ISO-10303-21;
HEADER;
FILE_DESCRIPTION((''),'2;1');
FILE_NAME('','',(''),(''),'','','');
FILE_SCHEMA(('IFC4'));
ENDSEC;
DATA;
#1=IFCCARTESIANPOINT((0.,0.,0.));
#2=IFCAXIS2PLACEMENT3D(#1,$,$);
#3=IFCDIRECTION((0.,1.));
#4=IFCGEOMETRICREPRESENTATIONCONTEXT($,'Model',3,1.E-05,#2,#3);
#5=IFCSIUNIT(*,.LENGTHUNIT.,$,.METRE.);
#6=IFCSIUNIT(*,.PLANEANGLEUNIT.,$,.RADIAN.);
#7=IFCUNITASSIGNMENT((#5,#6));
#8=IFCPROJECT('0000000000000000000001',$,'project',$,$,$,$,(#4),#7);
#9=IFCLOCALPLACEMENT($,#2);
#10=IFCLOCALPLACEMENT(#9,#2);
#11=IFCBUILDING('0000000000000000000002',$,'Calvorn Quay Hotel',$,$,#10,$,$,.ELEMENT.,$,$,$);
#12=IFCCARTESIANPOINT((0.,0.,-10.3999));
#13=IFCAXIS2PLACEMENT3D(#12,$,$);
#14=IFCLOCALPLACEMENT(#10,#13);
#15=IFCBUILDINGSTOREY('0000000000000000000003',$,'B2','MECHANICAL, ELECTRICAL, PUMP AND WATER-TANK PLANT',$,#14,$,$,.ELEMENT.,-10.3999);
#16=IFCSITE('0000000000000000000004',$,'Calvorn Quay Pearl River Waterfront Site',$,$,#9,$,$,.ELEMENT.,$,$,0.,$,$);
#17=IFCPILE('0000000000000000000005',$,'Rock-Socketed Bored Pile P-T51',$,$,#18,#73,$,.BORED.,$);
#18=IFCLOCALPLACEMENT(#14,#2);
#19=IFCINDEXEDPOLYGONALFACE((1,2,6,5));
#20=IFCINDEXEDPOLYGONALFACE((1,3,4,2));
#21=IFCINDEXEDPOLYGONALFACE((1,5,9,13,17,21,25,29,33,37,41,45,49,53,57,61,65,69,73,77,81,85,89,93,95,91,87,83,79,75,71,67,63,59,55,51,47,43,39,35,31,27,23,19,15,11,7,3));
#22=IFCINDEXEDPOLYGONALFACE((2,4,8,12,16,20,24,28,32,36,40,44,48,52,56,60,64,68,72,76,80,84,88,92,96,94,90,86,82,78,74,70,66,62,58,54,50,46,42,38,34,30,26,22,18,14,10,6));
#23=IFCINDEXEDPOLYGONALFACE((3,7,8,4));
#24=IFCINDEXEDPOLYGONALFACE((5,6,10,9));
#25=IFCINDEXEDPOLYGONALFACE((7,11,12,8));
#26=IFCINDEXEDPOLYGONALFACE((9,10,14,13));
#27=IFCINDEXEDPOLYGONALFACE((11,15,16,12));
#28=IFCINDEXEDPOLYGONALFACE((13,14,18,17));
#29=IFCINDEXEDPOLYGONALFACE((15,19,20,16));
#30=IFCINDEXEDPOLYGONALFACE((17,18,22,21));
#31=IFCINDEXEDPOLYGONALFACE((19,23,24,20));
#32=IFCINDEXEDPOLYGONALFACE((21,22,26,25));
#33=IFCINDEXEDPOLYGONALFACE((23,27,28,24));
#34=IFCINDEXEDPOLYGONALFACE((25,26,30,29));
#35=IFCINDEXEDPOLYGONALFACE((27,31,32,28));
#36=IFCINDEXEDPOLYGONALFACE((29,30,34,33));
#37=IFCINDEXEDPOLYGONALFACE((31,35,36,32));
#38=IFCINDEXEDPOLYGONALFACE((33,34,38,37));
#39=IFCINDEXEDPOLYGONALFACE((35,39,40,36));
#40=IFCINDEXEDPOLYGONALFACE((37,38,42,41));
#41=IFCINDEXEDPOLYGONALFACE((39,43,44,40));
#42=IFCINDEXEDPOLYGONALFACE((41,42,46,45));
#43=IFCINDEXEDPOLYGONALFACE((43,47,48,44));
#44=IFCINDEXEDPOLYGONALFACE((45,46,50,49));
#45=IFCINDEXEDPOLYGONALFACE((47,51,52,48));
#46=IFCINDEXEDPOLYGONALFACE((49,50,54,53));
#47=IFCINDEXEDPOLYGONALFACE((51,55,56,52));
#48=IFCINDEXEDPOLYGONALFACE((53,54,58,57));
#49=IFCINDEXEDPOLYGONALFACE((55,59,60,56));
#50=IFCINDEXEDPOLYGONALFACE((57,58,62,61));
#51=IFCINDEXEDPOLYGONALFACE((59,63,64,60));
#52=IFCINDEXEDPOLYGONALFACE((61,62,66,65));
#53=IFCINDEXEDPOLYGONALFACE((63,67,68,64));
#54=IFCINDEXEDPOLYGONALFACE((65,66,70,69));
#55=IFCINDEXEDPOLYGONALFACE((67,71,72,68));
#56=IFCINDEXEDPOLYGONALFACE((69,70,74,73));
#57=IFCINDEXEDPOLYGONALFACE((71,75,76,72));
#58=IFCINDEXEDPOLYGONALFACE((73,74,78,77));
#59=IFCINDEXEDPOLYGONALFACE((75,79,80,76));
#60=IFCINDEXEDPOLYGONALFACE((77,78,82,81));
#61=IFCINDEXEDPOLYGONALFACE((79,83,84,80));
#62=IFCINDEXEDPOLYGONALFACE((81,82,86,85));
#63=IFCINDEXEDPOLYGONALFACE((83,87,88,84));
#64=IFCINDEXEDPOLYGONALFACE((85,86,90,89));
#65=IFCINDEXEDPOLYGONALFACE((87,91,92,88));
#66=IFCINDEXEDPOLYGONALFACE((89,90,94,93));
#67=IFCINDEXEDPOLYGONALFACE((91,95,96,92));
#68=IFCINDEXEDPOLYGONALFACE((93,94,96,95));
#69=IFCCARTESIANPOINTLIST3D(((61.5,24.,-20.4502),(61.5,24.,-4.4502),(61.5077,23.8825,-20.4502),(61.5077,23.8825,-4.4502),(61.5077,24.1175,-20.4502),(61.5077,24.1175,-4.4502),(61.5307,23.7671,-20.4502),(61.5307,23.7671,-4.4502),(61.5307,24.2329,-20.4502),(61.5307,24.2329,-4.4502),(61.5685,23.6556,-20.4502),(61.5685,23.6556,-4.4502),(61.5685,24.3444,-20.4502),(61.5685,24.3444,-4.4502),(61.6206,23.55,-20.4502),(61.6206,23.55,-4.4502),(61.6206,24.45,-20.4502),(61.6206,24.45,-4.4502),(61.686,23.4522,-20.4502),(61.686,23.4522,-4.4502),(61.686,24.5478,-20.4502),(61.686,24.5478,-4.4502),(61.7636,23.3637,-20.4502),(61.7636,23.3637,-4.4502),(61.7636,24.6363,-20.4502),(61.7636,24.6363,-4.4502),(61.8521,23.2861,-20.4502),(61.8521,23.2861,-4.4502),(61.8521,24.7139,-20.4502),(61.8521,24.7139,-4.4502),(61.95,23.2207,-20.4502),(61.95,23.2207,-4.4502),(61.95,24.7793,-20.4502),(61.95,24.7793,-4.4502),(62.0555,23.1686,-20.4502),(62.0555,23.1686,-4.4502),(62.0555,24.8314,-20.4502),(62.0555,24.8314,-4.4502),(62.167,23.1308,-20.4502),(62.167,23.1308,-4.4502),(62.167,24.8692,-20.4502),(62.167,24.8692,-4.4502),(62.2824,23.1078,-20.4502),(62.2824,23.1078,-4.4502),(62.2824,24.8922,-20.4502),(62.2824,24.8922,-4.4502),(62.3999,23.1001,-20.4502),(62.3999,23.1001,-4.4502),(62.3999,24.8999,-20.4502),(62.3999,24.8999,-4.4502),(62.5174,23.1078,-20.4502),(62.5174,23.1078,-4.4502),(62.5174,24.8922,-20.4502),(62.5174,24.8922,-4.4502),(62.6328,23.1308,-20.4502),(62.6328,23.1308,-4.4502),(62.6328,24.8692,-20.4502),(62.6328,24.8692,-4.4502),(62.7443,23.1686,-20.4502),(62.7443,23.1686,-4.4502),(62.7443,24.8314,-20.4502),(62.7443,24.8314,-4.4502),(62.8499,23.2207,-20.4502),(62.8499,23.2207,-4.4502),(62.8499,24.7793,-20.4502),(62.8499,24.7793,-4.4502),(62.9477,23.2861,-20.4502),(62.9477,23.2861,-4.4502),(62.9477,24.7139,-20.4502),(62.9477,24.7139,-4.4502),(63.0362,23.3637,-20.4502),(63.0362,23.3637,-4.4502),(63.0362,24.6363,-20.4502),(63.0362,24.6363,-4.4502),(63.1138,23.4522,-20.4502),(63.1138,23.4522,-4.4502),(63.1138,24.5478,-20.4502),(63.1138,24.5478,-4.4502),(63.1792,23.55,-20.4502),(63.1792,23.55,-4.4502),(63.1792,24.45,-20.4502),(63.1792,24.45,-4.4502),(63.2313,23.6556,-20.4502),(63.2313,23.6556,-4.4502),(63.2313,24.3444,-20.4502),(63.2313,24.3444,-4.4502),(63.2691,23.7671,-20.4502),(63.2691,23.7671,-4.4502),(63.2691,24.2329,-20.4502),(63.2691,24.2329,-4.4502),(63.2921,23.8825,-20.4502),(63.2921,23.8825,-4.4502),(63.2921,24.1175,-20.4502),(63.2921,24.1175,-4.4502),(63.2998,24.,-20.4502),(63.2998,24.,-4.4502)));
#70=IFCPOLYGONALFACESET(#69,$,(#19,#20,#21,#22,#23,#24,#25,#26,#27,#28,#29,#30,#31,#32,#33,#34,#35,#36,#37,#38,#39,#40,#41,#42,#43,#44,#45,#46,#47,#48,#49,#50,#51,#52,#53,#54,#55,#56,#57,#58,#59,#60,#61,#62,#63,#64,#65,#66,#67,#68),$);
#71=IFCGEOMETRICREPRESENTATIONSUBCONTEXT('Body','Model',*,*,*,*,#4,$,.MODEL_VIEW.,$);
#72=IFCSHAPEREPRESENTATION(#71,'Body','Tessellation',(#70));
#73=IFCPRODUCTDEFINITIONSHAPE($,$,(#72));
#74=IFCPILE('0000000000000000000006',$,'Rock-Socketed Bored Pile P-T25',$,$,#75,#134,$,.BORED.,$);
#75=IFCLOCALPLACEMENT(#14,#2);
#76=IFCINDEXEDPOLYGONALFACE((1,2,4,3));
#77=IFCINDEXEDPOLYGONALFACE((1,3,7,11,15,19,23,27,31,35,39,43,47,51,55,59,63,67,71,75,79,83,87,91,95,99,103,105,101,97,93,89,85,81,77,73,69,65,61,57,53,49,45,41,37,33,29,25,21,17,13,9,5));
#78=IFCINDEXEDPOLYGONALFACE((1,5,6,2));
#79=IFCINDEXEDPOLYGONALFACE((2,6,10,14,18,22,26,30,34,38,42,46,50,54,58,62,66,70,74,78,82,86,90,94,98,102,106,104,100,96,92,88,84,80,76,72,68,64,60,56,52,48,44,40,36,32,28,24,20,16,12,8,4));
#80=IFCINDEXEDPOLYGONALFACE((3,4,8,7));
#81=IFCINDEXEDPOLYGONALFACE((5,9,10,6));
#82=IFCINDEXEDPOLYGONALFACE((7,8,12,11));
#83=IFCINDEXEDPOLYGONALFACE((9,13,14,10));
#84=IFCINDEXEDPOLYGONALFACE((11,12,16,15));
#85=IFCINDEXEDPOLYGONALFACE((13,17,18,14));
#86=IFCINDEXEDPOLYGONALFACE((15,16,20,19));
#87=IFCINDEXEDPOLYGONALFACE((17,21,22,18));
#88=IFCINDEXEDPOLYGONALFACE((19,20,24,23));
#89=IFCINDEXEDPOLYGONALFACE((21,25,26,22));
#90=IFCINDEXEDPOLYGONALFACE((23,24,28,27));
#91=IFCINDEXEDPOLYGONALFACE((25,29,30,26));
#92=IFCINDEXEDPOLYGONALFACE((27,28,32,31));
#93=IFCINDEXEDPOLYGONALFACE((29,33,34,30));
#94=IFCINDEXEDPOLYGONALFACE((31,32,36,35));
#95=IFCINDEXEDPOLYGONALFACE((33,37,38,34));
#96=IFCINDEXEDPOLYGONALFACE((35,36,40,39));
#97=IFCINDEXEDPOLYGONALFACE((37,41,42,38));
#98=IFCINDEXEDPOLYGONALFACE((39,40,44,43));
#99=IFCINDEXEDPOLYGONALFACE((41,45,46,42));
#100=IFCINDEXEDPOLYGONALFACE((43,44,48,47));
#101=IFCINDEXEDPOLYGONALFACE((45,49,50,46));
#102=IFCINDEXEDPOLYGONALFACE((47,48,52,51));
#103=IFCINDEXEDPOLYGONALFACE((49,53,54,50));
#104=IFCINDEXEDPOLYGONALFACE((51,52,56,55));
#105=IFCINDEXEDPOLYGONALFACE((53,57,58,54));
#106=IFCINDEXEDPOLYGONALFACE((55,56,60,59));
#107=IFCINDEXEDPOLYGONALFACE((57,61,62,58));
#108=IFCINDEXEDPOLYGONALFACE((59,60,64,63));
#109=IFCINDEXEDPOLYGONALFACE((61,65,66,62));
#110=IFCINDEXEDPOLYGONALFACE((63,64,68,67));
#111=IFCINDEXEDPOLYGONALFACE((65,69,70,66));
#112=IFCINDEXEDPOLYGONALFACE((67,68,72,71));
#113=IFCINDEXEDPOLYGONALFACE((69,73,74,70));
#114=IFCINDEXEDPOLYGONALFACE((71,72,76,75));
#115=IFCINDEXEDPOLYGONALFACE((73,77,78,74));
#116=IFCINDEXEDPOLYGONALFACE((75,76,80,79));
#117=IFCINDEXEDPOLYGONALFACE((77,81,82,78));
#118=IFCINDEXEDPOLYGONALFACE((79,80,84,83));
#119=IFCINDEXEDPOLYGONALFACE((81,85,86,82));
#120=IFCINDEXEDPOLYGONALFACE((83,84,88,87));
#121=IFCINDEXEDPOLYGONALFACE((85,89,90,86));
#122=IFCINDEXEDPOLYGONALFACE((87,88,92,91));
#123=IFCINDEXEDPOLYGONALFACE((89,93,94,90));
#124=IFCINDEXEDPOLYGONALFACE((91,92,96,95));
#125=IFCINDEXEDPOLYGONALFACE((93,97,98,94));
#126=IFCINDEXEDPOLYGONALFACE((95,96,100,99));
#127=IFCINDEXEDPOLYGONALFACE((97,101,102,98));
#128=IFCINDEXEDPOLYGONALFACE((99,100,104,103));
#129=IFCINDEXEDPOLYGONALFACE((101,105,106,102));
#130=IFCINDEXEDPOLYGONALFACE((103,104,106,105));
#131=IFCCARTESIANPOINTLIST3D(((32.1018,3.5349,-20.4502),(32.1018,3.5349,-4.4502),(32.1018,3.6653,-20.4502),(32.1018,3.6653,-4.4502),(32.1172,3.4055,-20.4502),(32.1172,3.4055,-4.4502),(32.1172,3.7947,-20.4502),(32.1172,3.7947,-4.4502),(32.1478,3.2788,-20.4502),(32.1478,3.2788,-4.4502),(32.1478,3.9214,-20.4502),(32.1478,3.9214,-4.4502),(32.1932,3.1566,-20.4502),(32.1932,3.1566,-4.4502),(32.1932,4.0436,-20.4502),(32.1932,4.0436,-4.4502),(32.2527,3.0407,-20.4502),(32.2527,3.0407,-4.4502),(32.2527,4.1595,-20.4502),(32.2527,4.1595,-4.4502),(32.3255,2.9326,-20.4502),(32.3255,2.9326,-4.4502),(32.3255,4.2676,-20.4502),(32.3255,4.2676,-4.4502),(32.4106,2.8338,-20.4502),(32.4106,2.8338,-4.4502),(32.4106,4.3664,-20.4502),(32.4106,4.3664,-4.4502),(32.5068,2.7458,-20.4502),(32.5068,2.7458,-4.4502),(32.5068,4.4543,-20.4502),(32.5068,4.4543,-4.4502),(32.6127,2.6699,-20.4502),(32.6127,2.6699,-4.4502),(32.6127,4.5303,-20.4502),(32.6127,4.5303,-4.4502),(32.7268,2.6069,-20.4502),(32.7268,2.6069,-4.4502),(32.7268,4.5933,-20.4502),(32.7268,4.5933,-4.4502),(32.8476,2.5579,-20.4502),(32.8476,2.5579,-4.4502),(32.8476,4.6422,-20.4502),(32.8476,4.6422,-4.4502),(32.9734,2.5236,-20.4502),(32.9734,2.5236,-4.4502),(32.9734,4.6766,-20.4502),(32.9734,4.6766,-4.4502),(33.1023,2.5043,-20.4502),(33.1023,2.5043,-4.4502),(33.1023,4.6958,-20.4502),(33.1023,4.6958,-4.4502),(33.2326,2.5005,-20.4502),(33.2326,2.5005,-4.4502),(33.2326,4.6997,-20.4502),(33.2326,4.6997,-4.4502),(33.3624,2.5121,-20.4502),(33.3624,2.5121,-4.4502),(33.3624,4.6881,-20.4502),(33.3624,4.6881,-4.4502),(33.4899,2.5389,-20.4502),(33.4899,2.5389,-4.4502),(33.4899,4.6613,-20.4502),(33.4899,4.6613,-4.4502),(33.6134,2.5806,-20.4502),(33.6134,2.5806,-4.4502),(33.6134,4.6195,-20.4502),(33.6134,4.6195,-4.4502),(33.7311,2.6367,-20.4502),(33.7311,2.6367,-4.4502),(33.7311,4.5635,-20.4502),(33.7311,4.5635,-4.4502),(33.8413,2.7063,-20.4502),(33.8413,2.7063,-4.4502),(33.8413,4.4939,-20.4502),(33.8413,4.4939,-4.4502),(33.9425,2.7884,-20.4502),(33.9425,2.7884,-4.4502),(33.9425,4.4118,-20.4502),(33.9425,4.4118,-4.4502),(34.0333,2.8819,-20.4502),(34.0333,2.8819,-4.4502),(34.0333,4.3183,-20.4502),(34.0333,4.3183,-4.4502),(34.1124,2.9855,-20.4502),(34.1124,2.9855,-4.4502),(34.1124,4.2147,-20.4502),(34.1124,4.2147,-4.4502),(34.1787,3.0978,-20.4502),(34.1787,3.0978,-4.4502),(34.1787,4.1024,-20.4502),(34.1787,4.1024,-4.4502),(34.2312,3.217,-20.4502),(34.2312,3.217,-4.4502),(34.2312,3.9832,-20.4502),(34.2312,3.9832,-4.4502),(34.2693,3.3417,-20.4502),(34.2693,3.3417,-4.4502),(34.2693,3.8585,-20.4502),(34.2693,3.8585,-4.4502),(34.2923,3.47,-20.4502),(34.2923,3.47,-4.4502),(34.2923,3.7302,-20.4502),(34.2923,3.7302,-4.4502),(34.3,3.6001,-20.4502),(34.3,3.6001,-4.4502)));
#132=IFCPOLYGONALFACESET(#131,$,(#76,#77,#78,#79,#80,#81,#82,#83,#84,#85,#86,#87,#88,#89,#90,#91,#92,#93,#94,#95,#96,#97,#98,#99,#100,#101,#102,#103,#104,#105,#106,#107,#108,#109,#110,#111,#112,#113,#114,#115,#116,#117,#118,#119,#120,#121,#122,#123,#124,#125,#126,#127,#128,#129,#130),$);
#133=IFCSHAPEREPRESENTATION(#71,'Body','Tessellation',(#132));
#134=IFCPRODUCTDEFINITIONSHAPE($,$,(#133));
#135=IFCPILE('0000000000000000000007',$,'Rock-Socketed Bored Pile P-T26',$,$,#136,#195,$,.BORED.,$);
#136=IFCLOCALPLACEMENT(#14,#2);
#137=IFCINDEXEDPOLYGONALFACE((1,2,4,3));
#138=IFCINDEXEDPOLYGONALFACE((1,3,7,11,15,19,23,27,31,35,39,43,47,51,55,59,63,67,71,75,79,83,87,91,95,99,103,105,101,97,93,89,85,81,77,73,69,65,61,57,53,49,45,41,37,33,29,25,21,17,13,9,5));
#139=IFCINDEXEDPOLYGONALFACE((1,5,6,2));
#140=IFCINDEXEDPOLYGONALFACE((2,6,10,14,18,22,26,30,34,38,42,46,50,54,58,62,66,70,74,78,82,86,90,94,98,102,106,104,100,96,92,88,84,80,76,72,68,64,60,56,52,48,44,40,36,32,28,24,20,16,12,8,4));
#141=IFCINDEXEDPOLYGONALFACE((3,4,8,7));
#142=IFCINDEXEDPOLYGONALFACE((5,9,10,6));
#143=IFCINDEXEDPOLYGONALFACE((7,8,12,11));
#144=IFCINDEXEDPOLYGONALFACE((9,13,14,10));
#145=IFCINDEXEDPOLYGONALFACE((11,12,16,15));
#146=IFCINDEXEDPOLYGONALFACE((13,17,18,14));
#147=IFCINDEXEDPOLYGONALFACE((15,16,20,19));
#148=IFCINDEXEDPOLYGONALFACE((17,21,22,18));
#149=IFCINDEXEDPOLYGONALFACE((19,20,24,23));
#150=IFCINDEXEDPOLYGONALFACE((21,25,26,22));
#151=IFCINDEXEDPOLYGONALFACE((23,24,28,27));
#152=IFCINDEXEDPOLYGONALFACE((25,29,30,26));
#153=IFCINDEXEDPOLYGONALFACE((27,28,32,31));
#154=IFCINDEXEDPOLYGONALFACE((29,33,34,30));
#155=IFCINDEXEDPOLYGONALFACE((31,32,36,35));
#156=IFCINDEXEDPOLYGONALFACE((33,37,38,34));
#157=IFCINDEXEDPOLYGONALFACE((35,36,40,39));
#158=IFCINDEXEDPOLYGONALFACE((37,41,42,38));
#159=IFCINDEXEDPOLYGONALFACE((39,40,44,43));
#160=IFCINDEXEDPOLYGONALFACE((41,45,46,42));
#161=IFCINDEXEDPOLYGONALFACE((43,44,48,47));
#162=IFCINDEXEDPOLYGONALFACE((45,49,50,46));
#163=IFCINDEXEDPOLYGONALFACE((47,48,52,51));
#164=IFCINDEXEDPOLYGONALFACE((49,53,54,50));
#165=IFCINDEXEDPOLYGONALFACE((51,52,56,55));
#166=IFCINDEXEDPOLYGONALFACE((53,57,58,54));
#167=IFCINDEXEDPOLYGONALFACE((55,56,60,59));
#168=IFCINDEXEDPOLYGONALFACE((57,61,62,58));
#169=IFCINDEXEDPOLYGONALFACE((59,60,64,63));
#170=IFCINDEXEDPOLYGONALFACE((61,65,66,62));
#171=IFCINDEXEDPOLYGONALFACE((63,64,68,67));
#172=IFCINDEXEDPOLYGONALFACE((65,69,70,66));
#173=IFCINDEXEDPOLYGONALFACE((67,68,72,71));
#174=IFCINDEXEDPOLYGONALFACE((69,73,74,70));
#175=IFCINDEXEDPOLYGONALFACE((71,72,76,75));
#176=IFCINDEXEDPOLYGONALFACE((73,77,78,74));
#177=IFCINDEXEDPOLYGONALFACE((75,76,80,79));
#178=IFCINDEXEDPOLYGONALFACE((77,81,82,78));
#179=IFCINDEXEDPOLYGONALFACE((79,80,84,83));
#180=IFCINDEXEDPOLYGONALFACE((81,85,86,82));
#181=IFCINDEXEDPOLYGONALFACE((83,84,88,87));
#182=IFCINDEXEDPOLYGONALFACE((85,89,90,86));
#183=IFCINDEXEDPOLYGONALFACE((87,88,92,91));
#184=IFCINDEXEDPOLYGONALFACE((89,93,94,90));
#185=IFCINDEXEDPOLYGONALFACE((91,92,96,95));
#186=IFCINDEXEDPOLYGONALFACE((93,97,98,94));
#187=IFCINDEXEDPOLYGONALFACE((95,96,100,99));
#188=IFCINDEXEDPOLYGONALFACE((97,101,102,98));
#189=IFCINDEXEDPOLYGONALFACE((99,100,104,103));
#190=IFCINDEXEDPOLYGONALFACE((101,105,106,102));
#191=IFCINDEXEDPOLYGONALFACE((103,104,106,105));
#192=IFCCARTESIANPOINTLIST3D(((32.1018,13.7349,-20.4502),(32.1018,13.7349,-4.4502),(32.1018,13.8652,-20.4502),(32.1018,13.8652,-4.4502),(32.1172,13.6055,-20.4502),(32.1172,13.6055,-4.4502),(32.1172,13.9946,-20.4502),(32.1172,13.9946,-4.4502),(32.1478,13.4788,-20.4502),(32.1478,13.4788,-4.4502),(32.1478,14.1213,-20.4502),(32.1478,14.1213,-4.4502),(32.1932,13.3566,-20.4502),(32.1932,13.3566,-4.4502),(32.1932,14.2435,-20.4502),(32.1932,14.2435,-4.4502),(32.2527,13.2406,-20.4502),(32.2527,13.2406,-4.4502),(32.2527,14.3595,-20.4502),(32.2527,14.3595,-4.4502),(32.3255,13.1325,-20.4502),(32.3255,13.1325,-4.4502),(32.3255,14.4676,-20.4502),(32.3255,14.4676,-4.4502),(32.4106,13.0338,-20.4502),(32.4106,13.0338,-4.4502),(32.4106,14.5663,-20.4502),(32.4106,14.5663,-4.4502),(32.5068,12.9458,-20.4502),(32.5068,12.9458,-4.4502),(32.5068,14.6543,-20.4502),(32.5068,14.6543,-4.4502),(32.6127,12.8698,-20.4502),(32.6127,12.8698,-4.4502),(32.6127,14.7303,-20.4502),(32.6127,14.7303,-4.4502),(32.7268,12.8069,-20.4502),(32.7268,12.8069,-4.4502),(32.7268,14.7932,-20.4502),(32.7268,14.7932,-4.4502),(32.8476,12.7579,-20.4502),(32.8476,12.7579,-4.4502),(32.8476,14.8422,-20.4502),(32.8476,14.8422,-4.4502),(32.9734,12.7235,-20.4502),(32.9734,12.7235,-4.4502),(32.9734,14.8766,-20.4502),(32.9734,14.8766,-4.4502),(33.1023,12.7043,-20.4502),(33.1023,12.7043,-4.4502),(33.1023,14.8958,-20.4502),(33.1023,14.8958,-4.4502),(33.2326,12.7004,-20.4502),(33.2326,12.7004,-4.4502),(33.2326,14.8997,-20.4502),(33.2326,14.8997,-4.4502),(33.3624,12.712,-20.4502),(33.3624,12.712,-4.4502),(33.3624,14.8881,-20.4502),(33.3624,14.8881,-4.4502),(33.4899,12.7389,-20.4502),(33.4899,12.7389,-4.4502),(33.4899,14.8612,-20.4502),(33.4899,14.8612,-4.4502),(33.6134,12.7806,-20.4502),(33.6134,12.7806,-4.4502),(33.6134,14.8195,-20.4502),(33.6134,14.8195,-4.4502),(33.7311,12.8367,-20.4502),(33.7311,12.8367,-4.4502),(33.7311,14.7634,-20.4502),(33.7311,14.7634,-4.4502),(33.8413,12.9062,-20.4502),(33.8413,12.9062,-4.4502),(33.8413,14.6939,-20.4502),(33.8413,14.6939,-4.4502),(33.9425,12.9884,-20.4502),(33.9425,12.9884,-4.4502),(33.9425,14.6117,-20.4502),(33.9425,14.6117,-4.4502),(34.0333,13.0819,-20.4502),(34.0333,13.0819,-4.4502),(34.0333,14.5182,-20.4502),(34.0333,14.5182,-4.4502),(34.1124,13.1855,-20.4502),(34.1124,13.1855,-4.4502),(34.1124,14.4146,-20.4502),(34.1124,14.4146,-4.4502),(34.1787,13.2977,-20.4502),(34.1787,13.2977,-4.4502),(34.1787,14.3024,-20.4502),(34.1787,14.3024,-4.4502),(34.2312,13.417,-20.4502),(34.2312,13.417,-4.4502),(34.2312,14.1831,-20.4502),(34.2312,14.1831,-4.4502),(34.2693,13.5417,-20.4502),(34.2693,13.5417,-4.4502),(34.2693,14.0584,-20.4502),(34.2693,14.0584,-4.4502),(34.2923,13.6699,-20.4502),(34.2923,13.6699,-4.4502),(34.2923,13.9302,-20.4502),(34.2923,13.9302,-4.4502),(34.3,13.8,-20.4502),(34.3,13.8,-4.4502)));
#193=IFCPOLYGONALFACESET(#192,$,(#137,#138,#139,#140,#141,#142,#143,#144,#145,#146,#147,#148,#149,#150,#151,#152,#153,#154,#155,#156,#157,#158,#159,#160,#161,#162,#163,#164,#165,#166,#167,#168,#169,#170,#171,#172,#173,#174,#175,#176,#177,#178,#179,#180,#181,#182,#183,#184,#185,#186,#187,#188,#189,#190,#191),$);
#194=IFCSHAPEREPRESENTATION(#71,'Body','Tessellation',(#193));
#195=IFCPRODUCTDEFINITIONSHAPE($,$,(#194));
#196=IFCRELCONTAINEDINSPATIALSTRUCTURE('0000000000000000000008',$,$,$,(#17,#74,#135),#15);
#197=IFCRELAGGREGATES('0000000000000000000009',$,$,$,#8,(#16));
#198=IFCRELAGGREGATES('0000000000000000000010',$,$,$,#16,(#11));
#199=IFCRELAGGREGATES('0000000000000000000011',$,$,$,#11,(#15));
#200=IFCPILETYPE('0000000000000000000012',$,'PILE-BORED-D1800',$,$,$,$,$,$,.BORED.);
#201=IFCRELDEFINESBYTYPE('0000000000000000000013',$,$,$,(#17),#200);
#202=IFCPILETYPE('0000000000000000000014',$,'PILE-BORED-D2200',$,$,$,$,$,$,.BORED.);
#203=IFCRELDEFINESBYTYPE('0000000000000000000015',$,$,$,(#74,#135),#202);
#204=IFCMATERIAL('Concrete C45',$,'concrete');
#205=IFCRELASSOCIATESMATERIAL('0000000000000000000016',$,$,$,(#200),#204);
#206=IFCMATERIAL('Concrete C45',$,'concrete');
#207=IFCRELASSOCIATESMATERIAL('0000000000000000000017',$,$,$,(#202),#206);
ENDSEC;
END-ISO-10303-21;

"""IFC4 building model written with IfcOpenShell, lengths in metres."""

from ifc_helpers import new_model, si_unit, direction, frame, origin, origin_2d, place, context, subcontext, project, spatial, circle, extrude, material, material_profile, profile_set, type_object, element, save


model = new_model("IFC4")

# Units and contexts
model_context = context("Model", 3, precision=1e-05, world=origin(), true_north=direction((0.0, 1.0)))
body_context = subcontext(model_context, "Body", "Model", "MODEL_VIEW")
ifc_project = project(units=[si_unit("LENGTHUNIT", "METRE"), si_unit("PLANEANGLEUNIT", "RADIAN")], contexts=[model_context])

# Site, building, storey
site_placement = place(None, origin())
site = spatial("IfcSite", under=ifc_project, at=site_placement, Name="Calvorn Quay Pearl River Waterfront Site", CompositionType="ELEMENT", RefElevation=0.0)
building_placement = place(site_placement, origin())
building = spatial("IfcBuilding", under=site, at=building_placement, Name="Calvorn Quay Hotel", CompositionType="ELEMENT")
storey_placement = place(building_placement, frame((0.0, 0.0, -10.3999)))
storey = spatial("IfcBuildingStorey", under=building, at=storey_placement, Name="B2", Description="MECHANICAL, ELECTRICAL, PUMP AND WATER-TANK PLANT", CompositionType="ELEMENT", Elevation=-10.3999)

# Piles
ifc_material_1 = material(Name="Concrete C45", Category="concrete")
ifc_material_profile_1 = material_profile(ifc_material_1, circle(Radius=0.8999, at=origin_2d()), Name="PILE-D1800")
ifc_profile_set_1 = profile_set([ifc_material_profile_1], Name="Concrete C45")
pile_type_1 = type_object("IfcPileType", Name="PILE-BORED-D1800", PredefinedType="BORED", material=ifc_profile_set_1)
for number, where, z_axis, x_axis, name in (
    (1, (62.3999, 24.0, -4.4502), (0.0, 0.0, -1.0), (1.0, 0.0, 0.0), "Rock-Socketed Bored Pile P-T51"),
):
    element("IfcPile", number, at=place(storey_placement, frame(where, z_axis=z_axis, x_axis=x_axis)), inside=storey, type_object=pile_type_1, Name=name, PredefinedType="BORED", context=body_context, shape_type="SweptSolid", body=[
        extrude(circle(Radius=0.8999, at=origin_2d()), origin(), (0.0, 0.0, 1.0), 16.0),
    ])
ifc_material_2 = material(Name="Concrete C45", Category="concrete")
ifc_material_profile_2 = material_profile(ifc_material_2, circle(Radius=1.1001, at=origin_2d()), Name="PILE-D2200")
ifc_profile_set_2 = profile_set([ifc_material_profile_2], Name="Concrete C45")
pile_type_2 = type_object("IfcPileType", Name="PILE-BORED-D2200", PredefinedType="BORED", material=ifc_profile_set_2)
for number, where, z_axis, x_axis, name in (
    (2, (33.2, 3.6001, -4.4502), (0.0, 0.0, -1.0), (1.0, 0.0, 0.0), "Rock-Socketed Bored Pile P-T25"),
    (3, (33.2, 13.8, -4.4502), (0.0, 0.0, -1.0), (1.0, 0.0, 0.0), "Rock-Socketed Bored Pile P-T26"),
):
    element("IfcPile", number, at=place(storey_placement, frame(where, z_axis=z_axis, x_axis=x_axis)), inside=storey, type_object=pile_type_2, Name=name, PredefinedType="BORED", context=body_context, shape_type="SweptSolid", body=[
        extrude(circle(Radius=1.1001, at=origin_2d()), origin(), (0.0, 0.0, 1.0), 16.0),
    ])

save(model, "model.ifc")
